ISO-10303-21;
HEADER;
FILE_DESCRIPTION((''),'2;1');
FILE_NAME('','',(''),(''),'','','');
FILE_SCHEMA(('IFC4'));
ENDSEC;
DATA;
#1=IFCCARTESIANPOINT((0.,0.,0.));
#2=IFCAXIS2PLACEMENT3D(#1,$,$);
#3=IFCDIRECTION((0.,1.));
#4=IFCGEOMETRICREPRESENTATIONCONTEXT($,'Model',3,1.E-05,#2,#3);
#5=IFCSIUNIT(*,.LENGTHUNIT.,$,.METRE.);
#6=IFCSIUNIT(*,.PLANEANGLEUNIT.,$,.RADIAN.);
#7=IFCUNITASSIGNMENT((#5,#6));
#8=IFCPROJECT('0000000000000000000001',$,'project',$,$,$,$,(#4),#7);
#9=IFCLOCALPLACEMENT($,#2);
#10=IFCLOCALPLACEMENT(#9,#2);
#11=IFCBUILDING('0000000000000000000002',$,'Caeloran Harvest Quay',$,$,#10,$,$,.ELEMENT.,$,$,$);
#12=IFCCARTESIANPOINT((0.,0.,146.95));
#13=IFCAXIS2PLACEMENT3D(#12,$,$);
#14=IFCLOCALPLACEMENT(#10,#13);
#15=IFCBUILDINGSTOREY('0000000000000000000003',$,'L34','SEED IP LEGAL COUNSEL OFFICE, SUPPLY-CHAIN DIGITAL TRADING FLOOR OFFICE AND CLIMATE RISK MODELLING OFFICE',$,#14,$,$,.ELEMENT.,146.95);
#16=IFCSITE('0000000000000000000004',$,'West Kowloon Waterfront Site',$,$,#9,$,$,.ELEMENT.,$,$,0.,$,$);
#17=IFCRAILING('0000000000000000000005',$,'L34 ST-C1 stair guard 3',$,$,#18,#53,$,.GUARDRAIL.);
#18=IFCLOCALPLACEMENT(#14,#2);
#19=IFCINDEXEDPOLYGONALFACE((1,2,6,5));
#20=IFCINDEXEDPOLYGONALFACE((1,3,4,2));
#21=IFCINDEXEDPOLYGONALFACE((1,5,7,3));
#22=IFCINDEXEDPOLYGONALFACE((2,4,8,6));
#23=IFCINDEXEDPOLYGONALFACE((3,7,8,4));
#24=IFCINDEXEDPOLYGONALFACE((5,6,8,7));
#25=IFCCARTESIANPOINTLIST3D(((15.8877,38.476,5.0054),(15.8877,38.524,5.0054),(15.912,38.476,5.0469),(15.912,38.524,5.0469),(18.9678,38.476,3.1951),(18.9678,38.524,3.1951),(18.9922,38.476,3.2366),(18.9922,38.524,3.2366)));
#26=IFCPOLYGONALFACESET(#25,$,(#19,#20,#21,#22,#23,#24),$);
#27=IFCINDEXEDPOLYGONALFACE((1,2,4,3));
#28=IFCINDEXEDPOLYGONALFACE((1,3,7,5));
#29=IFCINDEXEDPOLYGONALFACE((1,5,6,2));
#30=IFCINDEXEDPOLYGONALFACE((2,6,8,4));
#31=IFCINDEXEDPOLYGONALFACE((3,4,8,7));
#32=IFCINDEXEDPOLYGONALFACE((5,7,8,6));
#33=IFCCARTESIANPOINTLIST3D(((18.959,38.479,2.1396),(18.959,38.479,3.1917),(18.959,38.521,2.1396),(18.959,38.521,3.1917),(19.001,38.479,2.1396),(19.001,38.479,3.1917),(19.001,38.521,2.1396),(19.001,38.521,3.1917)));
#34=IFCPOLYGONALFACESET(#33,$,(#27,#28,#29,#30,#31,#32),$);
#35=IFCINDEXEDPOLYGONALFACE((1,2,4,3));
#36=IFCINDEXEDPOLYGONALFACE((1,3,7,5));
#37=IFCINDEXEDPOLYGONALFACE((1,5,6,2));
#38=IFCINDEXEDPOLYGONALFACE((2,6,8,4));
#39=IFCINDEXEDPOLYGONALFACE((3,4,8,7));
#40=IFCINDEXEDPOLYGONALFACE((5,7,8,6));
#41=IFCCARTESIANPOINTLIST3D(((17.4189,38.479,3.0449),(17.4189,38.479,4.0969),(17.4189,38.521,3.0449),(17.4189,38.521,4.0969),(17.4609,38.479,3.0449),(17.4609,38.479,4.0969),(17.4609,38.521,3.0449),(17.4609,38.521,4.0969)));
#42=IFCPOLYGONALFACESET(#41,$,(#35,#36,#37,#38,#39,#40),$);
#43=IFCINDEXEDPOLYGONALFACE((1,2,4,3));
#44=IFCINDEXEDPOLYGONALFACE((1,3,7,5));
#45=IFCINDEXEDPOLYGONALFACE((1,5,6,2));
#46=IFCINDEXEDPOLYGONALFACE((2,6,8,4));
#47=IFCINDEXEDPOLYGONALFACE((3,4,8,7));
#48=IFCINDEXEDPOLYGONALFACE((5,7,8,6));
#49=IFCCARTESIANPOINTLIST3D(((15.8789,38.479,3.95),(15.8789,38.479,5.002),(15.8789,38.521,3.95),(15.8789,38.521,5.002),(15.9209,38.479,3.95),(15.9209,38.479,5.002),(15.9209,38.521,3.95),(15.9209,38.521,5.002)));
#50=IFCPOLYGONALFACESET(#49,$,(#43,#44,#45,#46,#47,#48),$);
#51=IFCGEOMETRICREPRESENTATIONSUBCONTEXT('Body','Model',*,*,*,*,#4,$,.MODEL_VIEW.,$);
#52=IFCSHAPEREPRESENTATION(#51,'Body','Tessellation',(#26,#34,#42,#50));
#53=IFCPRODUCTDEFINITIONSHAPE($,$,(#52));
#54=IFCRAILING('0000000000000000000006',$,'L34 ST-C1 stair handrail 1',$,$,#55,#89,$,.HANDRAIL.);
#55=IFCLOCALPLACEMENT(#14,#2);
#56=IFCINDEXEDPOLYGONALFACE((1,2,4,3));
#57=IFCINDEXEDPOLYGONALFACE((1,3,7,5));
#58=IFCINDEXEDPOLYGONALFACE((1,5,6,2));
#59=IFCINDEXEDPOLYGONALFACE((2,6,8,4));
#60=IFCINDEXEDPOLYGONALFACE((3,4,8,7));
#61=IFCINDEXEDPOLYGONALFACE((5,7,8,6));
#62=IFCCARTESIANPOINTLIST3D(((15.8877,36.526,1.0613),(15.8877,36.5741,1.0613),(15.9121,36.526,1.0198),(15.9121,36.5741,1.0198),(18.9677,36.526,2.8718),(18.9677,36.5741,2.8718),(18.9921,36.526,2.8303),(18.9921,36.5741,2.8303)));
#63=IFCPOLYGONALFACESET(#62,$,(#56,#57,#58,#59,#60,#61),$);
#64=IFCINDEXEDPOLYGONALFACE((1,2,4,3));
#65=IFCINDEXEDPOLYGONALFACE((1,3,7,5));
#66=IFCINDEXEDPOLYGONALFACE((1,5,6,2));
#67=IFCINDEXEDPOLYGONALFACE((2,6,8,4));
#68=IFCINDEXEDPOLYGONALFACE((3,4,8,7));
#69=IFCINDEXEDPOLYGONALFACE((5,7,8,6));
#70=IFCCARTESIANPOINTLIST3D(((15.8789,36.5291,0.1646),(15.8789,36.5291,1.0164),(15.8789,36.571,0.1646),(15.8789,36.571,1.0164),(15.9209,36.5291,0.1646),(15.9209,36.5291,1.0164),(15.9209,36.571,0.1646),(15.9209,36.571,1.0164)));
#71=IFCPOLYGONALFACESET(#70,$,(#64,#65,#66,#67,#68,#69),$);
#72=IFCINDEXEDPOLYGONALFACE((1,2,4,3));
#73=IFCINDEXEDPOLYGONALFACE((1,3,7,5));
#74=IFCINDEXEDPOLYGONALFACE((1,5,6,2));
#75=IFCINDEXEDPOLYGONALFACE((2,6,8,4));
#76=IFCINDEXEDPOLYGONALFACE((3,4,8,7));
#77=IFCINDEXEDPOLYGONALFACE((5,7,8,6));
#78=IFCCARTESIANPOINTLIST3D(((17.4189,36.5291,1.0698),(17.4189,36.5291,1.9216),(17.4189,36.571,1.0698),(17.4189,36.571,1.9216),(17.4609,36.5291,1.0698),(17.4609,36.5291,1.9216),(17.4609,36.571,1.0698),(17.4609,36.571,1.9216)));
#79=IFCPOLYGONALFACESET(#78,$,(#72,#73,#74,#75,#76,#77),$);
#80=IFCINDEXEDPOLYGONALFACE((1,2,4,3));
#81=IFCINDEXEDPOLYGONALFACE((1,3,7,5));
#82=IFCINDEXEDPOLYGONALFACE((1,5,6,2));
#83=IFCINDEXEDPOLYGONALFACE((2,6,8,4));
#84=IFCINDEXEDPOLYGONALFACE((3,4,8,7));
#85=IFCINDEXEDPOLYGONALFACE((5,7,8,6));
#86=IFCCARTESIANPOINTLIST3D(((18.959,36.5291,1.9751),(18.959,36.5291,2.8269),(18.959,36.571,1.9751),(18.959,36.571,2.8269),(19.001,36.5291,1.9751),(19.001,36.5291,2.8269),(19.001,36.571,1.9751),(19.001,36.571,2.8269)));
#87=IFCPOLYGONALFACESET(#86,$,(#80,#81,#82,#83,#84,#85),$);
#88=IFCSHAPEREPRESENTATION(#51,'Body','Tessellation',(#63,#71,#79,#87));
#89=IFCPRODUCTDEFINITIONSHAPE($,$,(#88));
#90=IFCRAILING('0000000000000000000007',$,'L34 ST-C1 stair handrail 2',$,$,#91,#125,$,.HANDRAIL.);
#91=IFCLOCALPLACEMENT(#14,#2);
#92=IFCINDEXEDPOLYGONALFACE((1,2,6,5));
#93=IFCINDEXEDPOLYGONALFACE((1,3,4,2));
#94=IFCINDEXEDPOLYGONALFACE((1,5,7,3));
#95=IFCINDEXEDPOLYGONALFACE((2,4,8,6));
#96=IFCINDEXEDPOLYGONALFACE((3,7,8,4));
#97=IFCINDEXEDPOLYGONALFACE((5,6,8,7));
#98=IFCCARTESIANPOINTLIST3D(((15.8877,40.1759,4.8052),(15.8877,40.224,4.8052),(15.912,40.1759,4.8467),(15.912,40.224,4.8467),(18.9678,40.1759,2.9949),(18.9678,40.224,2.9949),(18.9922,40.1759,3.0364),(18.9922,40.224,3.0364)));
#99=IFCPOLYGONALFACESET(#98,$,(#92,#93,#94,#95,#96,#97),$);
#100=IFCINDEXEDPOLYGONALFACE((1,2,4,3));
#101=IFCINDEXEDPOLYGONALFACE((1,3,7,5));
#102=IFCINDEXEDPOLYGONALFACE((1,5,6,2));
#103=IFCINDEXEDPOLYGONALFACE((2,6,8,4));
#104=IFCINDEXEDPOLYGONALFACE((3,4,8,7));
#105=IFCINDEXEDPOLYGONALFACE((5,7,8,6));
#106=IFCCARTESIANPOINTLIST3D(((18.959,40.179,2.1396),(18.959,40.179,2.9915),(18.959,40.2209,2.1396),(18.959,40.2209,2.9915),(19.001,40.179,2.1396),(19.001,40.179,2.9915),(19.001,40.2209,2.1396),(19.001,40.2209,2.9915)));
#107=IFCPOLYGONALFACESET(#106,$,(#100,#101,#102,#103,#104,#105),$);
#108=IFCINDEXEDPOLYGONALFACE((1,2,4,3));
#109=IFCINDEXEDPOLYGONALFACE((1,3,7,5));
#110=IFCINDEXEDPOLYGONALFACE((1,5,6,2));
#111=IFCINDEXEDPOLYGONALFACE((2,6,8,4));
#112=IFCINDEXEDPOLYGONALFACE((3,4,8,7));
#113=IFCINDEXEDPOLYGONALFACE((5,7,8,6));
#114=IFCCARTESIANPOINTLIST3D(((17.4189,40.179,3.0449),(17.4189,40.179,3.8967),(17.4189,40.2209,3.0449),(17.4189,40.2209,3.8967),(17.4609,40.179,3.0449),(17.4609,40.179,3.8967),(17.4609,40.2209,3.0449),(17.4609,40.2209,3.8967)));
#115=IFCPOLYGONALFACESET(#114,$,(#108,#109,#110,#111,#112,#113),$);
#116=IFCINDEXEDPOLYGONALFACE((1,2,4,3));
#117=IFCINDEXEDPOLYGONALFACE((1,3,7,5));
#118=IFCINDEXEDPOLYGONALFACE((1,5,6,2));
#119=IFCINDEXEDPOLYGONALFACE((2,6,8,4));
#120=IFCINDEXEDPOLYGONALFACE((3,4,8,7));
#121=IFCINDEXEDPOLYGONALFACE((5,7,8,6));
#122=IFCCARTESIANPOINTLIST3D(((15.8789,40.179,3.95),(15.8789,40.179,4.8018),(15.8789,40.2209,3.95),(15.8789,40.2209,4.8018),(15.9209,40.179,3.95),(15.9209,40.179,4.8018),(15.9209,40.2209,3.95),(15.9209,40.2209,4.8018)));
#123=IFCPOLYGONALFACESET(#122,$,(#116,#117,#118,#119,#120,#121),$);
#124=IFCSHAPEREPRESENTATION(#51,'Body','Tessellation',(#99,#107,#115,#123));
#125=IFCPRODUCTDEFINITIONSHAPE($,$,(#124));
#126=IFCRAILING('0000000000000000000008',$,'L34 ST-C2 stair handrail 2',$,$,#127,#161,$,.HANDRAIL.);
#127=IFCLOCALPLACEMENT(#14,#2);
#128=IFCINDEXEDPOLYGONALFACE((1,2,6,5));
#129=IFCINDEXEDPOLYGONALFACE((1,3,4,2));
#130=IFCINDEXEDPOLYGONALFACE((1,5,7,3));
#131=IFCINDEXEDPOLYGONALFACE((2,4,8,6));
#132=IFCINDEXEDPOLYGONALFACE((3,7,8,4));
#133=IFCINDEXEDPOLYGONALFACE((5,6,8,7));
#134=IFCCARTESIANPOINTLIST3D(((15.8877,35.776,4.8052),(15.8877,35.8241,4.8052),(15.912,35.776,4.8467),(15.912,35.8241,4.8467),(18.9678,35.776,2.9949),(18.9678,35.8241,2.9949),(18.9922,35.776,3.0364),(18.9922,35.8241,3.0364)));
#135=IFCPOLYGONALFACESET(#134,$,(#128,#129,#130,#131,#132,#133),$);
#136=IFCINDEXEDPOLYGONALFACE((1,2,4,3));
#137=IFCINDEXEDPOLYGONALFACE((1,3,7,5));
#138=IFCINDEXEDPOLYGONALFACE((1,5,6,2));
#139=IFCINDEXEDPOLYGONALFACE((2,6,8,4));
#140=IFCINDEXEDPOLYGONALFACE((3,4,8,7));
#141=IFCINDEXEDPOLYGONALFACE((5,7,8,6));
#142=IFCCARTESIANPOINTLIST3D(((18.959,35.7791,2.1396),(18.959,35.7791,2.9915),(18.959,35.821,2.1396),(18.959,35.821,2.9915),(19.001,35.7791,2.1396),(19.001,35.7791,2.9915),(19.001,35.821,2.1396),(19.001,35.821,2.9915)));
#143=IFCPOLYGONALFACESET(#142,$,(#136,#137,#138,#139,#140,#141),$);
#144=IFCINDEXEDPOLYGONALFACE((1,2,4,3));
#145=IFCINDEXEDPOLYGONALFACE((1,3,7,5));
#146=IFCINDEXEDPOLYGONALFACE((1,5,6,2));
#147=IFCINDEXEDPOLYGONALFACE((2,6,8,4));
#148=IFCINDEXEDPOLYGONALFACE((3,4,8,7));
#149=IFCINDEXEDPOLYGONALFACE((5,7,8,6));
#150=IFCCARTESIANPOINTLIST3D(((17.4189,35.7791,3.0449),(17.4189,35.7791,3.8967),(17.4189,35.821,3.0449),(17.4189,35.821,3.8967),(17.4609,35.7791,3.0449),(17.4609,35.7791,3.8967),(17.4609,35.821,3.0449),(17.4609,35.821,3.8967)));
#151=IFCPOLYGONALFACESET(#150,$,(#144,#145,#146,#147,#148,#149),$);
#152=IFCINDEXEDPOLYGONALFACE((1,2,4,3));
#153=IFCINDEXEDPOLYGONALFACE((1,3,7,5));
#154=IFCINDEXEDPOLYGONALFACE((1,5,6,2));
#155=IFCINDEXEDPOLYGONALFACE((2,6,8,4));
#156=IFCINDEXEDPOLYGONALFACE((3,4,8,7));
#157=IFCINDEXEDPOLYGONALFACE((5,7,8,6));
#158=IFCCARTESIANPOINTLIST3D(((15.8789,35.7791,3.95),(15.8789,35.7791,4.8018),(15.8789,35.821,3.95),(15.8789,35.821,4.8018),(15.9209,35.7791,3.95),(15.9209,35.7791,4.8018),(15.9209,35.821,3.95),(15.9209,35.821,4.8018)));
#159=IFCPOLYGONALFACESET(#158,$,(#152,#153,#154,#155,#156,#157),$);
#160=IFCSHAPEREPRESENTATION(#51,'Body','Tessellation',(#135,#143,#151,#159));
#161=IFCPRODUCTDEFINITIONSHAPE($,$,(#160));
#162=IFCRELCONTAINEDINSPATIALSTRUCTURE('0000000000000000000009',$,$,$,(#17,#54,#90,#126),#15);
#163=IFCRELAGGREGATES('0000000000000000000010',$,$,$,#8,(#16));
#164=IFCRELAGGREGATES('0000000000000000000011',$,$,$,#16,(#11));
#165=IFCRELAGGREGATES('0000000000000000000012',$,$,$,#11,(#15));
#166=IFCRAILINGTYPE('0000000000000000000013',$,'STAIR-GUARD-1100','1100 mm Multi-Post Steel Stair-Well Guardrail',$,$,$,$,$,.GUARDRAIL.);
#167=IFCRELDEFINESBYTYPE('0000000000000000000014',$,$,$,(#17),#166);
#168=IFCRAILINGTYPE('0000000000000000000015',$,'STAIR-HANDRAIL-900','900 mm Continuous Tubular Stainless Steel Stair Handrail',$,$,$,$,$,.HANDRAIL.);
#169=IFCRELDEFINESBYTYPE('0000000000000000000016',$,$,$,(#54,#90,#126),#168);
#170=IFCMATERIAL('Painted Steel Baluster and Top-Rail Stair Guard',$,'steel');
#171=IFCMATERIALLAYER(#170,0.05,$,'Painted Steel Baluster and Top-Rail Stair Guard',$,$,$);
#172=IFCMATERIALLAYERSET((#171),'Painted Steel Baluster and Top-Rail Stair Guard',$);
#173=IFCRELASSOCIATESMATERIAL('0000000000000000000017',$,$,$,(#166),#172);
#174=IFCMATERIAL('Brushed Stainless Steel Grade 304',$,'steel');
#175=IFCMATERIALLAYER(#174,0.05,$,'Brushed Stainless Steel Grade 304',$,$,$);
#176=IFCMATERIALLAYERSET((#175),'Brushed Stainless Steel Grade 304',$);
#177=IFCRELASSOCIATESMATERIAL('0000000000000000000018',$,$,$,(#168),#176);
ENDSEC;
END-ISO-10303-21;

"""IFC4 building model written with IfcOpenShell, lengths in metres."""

from ifc_helpers import new_model, si_unit, direction, frame, origin, origin_2d, place, context, subcontext, project, spatial, rectangle, extrude, material, layer, layer_set, type_object, element, save


model = new_model("IFC4")

# Units and contexts
model_context = context("Model", 3, precision=1e-05, world=origin(), true_north=direction((0.0, 1.0)))
body_context = subcontext(model_context, "Body", "Model", "MODEL_VIEW")
ifc_project = project(units=[si_unit("LENGTHUNIT", "METRE"), si_unit("PLANEANGLEUNIT", "RADIAN")], contexts=[model_context])

# Site, building, storey
site_placement = place(None, origin())
site = spatial("IfcSite", under=ifc_project, at=site_placement, Name="West Kowloon Waterfront Site", CompositionType="ELEMENT", RefElevation=0.0)
building_placement = place(site_placement, origin())
building = spatial("IfcBuilding", under=site, at=building_placement, Name="Caeloran Harvest Quay", CompositionType="ELEMENT")
storey_placement = place(building_placement, frame((0.0, 0.0, 146.95)))
storey = spatial("IfcBuildingStorey", under=building, at=storey_placement, Name="L34", Description="SEED IP LEGAL COUNSEL OFFICE, SUPPLY-CHAIN DIGITAL TRADING FLOOR OFFICE AND CLIMATE RISK MODELLING OFFICE", CompositionType="ELEMENT", Elevation=146.95)

# Railings
ifc_material_1 = material(Name="Painted Steel Baluster and Top-Rail Stair Guard", Category="steel")
ifc_layer_1 = layer(ifc_material_1, 0.05, Name="Painted Steel Baluster and Top-Rail Stair Guard")
ifc_layer_set_1 = layer_set([ifc_layer_1], Name="Painted Steel Baluster and Top-Rail Stair Guard")
railing_type_1 = type_object("IfcRailingType", Name="STAIR-GUARD-1100", Description="1100 mm Multi-Post Steel Stair-Well Guardrail", PredefinedType="GUARDRAIL", material=ifc_layer_set_1)
railing_1_placement = place(storey_placement, frame((18.98, 38.5, 2.1396)))
element("IfcRailing", 1, at=railing_1_placement, inside=storey, type_object=railing_type_1, Name="L34 ST-C1 stair guard 3", PredefinedType="GUARDRAIL", context=body_context, shape_type="SweptSolid", body=[
    extrude(rectangle(XDim=0.0481, YDim=0.0481, at=origin_2d()), frame((0.0, 0.0, 1.0762), z_axis=(-0.862119, 0.0, 0.506707), x_axis=(0.0, -1.0, 0.0)), (0.0, 0.0, 1.0), 3.5728),
    extrude(rectangle(XDim=0.042, YDim=0.042, at=origin_2d()), origin(), (0.0, 0.0, 1.0), 1.052),
    extrude(rectangle(XDim=0.042, YDim=0.042, at=origin_2d()), frame((-1.54, 0.0, 0.9053)), (0.0, 0.0, 1.0), 1.052),
    extrude(rectangle(XDim=0.042, YDim=0.042, at=origin_2d()), frame((-3.0801, 0.0, 1.8103)), (0.0, 0.0, 1.0), 1.052),
])
ifc_material_2 = material(Name="Brushed Stainless Steel Grade 304", Category="steel")
ifc_layer_2 = layer(ifc_material_2, 0.05, Name="Brushed Stainless Steel Grade 304")
ifc_layer_set_2 = layer_set([ifc_layer_2], Name="Brushed Stainless Steel Grade 304")
railing_type_2 = type_object("IfcRailingType", Name="STAIR-HANDRAIL-900", Description="900 mm Continuous Tubular Stainless Steel Stair Handrail", PredefinedType="HANDRAIL", material=ifc_layer_set_2)
railing_2_placement = place(storey_placement, frame((15.8999, 36.55, 0.1646)))
element("IfcRailing", 2, at=railing_2_placement, inside=storey, type_object=railing_type_2, Name="L34 ST-C1 stair handrail 1", PredefinedType="HANDRAIL", context=body_context, shape_type="SweptSolid", body=[
    extrude(rectangle(XDim=0.0481, YDim=0.0481, at=origin_2d()), frame((0.0, 0.0, 0.876), z_axis=(0.862089, 0.0, 0.506757), x_axis=(0.0, 1.0, 0.0)), (0.0, 0.0, 1.0), 3.5728),
    extrude(rectangle(XDim=0.042, YDim=0.042, at=origin_2d()), origin(), (0.0, 0.0, 1.0), 0.8518),
    extrude(rectangle(XDim=0.042, YDim=0.042, at=origin_2d()), frame((1.54, 0.0, 0.9053)), (0.0, 0.0, 1.0), 0.8518),
    extrude(rectangle(XDim=0.042, YDim=0.042, at=origin_2d()), frame((3.0801, 0.0, 1.8105)), (0.0, 0.0, 1.0), 0.8518),
])
for number, where, name in (
    (3, (18.98, 40.2, 2.1396), "L34 ST-C1 stair handrail 2"),
    (4, (18.98, 35.8, 2.1396), "L34 ST-C2 stair handrail 2"),
):
    element("IfcRailing", number, at=place(storey_placement, frame(where)), inside=storey, type_object=railing_type_2, Name=name, PredefinedType="HANDRAIL", context=body_context, shape_type="SweptSolid", body=[
        extrude(rectangle(XDim=0.0481, YDim=0.0481, at=origin_2d()), frame((0.0, 0.0, 0.876), z_axis=(-0.862119, 0.0, 0.506707), x_axis=(0.0, -1.0, 0.0)), (0.0, 0.0, 1.0), 3.5728),
        extrude(rectangle(XDim=0.042, YDim=0.042, at=origin_2d()), origin(), (0.0, 0.0, 1.0), 0.8518),
        extrude(rectangle(XDim=0.042, YDim=0.042, at=origin_2d()), frame((-1.54, 0.0, 0.9053)), (0.0, 0.0, 1.0), 0.8518),
        extrude(rectangle(XDim=0.042, YDim=0.042, at=origin_2d()), frame((-3.0801, 0.0, 1.8103)), (0.0, 0.0, 1.0), 0.8518),
    ])

save(model, "model.ifc")
